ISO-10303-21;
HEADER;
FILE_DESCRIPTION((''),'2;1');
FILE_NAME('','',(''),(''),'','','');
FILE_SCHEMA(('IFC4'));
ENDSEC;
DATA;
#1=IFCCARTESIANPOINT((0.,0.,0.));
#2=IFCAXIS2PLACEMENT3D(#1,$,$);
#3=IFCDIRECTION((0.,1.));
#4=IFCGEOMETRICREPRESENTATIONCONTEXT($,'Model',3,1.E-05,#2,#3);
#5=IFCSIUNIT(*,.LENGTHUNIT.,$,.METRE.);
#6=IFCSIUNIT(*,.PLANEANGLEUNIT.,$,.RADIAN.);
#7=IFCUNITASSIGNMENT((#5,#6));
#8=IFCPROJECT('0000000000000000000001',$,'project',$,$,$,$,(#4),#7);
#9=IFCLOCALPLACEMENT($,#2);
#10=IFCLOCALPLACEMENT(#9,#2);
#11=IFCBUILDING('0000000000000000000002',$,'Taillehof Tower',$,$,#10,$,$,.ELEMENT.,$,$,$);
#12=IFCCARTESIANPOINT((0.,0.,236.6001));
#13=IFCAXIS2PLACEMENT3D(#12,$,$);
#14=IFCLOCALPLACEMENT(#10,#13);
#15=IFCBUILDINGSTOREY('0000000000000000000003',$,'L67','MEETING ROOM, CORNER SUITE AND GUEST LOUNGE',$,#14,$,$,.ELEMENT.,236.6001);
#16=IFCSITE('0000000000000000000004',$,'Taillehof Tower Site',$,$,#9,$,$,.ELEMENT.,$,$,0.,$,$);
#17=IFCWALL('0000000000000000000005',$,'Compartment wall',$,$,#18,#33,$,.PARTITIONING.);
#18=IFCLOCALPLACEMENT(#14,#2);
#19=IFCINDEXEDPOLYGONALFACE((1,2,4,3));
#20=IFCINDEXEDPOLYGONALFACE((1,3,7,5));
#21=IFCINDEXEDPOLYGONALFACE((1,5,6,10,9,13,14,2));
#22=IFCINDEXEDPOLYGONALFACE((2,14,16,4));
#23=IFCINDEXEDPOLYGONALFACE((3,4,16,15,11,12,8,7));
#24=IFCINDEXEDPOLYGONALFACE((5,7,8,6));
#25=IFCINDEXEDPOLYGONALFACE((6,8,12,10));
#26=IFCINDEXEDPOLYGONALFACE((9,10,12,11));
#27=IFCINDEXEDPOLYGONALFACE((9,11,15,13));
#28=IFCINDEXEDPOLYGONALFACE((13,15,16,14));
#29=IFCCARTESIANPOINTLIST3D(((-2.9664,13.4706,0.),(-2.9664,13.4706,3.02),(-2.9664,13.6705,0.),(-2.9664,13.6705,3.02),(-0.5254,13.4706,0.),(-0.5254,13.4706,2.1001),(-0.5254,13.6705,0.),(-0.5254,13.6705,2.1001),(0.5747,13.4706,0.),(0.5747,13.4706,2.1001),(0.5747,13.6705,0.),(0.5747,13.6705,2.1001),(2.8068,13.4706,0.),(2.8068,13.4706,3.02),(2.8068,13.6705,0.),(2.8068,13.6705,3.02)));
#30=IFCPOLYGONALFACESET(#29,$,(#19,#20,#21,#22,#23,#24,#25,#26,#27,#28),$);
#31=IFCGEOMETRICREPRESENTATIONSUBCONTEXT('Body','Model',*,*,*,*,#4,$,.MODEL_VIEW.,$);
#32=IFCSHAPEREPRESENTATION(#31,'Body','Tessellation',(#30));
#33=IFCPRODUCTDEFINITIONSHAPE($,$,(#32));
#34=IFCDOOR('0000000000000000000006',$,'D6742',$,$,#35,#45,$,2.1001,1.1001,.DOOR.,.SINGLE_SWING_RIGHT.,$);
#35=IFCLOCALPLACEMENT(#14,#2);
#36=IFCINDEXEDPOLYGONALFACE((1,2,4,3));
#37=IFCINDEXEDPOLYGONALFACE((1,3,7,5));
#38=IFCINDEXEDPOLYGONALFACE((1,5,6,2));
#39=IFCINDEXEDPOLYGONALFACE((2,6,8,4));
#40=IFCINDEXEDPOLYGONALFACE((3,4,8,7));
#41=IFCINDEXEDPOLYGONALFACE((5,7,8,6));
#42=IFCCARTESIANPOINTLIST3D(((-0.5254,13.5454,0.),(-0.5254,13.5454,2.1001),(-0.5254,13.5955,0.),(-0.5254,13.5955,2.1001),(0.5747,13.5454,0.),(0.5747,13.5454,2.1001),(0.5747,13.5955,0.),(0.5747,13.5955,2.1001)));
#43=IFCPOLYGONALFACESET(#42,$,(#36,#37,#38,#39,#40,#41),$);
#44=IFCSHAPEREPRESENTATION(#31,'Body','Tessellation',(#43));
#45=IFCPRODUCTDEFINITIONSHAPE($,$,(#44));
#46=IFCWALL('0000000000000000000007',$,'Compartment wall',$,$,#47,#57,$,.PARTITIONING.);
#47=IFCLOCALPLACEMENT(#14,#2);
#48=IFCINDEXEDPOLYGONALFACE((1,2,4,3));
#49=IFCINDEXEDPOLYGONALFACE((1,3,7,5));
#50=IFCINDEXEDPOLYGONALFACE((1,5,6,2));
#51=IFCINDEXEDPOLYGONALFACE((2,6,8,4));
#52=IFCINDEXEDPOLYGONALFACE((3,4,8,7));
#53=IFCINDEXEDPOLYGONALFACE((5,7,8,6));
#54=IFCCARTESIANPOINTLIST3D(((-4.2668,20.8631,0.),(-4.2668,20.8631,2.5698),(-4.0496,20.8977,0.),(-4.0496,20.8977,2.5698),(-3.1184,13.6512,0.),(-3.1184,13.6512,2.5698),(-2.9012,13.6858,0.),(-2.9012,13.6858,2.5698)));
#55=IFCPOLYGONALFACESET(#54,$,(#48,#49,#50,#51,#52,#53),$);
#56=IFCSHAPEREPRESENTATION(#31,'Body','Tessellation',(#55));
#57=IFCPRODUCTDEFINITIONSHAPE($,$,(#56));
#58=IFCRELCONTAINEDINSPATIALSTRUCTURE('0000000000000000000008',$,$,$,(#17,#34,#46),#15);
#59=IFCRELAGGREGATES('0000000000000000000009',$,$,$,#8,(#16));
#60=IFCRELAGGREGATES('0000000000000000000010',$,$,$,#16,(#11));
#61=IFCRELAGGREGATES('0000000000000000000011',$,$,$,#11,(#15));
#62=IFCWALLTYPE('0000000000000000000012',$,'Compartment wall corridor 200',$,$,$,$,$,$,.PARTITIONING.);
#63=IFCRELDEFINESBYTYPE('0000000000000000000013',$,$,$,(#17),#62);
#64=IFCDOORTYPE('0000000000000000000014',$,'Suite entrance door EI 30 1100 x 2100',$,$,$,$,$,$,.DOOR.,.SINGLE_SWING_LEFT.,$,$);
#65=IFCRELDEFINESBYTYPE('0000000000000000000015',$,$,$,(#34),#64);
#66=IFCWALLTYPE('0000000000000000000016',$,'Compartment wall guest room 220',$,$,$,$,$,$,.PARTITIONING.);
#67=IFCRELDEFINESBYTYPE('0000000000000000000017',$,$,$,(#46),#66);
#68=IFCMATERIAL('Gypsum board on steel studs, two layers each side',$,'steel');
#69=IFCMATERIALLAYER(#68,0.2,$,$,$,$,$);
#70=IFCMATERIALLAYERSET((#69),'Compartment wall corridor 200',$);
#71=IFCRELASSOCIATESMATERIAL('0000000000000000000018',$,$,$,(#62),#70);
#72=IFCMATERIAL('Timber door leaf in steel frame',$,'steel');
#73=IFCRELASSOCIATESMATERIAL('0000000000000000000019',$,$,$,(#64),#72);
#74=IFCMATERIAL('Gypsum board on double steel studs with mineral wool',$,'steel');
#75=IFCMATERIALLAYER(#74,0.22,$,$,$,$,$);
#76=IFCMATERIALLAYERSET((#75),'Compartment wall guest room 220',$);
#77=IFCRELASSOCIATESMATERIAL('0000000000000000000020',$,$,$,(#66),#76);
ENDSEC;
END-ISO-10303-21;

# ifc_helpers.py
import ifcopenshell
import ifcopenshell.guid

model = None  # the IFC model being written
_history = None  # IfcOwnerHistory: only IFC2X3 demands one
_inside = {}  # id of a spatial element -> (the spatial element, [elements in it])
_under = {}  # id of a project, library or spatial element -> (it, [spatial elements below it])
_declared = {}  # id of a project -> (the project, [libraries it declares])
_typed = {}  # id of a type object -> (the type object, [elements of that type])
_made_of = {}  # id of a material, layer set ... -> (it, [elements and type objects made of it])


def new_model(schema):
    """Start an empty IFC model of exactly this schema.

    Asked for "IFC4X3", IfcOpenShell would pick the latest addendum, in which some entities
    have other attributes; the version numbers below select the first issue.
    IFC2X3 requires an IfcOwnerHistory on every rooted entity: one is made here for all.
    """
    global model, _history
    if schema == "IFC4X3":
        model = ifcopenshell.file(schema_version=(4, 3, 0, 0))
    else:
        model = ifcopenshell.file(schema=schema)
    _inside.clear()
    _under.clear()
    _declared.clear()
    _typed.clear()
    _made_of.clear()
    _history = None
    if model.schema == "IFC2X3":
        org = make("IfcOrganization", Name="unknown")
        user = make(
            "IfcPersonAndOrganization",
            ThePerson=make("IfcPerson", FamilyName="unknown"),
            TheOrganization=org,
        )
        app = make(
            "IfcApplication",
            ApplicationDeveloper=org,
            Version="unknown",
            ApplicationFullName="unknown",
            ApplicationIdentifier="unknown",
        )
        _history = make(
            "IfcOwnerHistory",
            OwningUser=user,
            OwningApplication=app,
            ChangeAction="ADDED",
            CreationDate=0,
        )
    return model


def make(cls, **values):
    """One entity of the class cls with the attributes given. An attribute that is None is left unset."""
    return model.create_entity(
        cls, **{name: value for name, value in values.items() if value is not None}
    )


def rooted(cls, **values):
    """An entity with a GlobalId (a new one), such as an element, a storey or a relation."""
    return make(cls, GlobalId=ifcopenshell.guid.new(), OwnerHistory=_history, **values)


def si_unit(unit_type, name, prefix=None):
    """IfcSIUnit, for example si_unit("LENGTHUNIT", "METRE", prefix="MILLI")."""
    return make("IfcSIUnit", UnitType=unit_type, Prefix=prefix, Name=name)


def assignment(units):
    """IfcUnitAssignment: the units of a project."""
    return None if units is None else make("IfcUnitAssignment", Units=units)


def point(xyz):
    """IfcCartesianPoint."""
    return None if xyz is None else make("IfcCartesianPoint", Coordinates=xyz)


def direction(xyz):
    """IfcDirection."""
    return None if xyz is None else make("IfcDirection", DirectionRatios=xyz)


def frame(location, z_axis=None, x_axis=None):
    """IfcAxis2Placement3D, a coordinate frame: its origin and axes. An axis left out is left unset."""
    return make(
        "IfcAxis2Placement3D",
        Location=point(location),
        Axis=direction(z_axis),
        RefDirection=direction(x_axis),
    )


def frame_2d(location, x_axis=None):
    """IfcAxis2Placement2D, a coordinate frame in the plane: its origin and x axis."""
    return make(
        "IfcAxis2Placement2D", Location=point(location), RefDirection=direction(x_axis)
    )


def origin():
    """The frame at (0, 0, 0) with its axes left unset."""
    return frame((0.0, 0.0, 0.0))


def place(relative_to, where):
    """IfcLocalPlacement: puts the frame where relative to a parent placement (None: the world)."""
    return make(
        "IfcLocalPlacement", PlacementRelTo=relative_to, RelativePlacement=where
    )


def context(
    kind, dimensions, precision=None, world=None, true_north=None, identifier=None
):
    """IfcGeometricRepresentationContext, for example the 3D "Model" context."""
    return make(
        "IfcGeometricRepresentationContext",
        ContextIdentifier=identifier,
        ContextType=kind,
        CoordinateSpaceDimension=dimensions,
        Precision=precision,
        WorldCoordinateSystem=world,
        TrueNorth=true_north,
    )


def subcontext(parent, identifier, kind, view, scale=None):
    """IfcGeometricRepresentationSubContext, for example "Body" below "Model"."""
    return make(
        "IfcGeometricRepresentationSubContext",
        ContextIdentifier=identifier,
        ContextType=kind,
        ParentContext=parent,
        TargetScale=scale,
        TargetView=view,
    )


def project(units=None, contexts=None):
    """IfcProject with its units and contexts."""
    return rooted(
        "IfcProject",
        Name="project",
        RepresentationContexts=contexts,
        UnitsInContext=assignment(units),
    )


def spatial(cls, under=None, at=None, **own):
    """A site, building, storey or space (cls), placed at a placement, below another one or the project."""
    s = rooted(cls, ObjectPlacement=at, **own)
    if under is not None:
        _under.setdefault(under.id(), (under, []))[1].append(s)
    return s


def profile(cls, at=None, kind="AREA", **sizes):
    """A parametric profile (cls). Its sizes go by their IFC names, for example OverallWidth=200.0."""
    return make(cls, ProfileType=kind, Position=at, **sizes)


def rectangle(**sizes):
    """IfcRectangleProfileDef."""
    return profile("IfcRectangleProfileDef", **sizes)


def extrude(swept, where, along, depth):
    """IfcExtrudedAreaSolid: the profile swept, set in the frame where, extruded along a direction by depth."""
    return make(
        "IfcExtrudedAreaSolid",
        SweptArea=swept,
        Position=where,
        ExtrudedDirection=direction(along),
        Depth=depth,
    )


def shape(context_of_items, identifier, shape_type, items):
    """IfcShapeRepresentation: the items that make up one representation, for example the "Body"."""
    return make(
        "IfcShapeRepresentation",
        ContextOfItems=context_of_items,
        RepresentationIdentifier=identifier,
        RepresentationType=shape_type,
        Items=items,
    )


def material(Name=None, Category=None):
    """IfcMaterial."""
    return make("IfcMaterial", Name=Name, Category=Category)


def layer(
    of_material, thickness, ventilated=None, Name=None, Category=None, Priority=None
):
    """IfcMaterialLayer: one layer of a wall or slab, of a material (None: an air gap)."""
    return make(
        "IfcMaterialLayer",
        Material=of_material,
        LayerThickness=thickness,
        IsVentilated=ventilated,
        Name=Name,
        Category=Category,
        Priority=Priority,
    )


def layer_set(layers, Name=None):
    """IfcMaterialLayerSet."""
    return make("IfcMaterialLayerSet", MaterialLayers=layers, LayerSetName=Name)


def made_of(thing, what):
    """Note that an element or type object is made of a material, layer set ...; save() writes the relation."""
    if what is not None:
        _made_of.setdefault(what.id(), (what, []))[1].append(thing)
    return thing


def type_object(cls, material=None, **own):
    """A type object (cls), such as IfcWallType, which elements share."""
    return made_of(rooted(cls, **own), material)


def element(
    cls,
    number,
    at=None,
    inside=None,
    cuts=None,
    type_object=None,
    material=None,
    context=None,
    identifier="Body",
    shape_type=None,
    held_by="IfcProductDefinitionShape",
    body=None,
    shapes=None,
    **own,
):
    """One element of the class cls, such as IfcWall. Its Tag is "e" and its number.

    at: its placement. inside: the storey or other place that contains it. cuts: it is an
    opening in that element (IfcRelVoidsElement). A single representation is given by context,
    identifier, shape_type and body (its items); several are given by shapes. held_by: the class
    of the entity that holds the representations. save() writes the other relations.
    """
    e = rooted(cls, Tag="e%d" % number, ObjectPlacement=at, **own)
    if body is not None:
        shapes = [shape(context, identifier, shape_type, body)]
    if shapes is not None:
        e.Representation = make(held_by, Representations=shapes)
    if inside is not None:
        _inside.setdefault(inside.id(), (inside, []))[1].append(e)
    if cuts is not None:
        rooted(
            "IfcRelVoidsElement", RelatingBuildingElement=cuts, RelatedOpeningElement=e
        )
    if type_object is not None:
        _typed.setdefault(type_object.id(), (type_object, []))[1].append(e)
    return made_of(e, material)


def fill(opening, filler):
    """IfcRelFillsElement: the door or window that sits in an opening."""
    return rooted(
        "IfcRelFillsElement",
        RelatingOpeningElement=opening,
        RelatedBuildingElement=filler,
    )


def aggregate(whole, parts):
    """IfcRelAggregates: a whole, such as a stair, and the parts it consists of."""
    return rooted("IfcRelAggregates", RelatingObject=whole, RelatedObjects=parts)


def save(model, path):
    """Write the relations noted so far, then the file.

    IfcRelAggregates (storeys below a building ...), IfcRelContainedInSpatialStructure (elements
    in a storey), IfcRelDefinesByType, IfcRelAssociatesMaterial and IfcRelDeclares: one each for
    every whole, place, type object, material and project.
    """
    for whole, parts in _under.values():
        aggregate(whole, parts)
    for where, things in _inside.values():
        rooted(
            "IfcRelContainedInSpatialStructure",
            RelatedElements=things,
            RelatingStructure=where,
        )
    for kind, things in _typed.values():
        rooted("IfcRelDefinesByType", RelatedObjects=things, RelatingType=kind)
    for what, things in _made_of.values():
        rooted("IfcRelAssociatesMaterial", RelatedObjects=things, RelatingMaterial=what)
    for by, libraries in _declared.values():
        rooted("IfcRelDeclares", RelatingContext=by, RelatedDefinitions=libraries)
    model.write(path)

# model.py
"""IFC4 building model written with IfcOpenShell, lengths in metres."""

from ifc_helpers import new_model, si_unit, direction, frame, frame_2d, origin, place, context, subcontext, project, spatial, rectangle, extrude, material, layer, layer_set, type_object, element, fill, save


model = new_model("IFC4")

# Units and contexts
model_context = context("Model", 3, precision=1e-05, world=origin(), true_north=direction((0.0, 1.0)))
body_context = subcontext(model_context, "Body", "Model", "MODEL_VIEW")
ifc_project = project(units=[si_unit("LENGTHUNIT", "METRE"), si_unit("PLANEANGLEUNIT", "RADIAN")], contexts=[model_context])

# Site, building, storey
site_placement = place(None, origin())
site = spatial("IfcSite", under=ifc_project, at=site_placement, Name="Taillehof Tower Site", CompositionType="ELEMENT", RefElevation=0.0)
building_placement = place(site_placement, origin())
building = spatial("IfcBuilding", under=site, at=building_placement, Name="Taillehof Tower", CompositionType="ELEMENT")
storey_placement = place(building_placement, frame((0.0, 0.0, 236.6001)))
storey = spatial("IfcBuildingStorey", under=building, at=storey_placement, Name="L67", Description="MEETING ROOM, CORNER SUITE AND GUEST LOUNGE", CompositionType="ELEMENT", Elevation=236.6001)

# Shared definitions
ifc_material_1 = material(Name="Gypsum board on steel studs, two layers each side", Category="steel")
ifc_layer_1 = layer(ifc_material_1, 0.2)
ifc_layer_set_1 = layer_set([ifc_layer_1], Name="Compartment wall corridor 200")
wall_type_1 = type_object("IfcWallType", Name="Compartment wall corridor 200", PredefinedType="PARTITIONING", material=ifc_layer_set_1)

# Wall, opening, door
wall_1_placement = place(storey_placement, frame((-2.9666, 13.5706, 0.0), z_axis=(0.0, 0.0, 1.0), x_axis=(1.0, 0.0, 0.0)))
wall_1 = element("IfcWall", 1, at=wall_1_placement, inside=storey, type_object=wall_type_1, Name="Compartment wall", PredefinedType="PARTITIONING", context=body_context, shape_type="SweptSolid", body=[
    extrude(rectangle(XDim=5.7732, YDim=0.2, at=frame_2d((2.8867, 0.0))), origin(), (0.0, 0.0, 1.0), 3.02),
])
opening_1_placement = place(wall_1_placement, frame((2.4412, 0.0, 0.0)))
opening_1 = element("IfcOpeningElement", 2, at=opening_1_placement, cuts=wall_1, PredefinedType="OPENING", context=body_context, shape_type="SweptSolid", body=[
    extrude(rectangle(XDim=1.1001, YDim=2.1001, at=frame_2d((0.55, 1.05))), frame((0.0, 0.1099, 0.0), z_axis=(0.0, -1.0, 0.0), x_axis=(1.0, 0.0, 0.0)), (0.0, 0.0, 1.0), 0.22),
])
ifc_material_2 = material(Name="Timber door leaf in steel frame", Category="steel")
door_type_1 = type_object("IfcDoorType", Name="Suite entrance door EI 30 1100 x 2100", OperationType="SINGLE_SWING_LEFT", PredefinedType="DOOR", material=ifc_material_2)
door_1_placement = place(opening_1_placement, origin())
door_1 = element("IfcDoor", 3, at=door_1_placement, inside=storey, type_object=door_type_1, Name="D6742", OperationType="SINGLE_SWING_RIGHT", OverallHeight=2.1001, OverallWidth=1.1001, PredefinedType="DOOR", context=body_context, shape_type="SweptSolid", body=[
    extrude(rectangle(XDim=1.1001, YDim=2.1001, at=frame_2d((0.55, 1.05))), frame((0.0, 0.0249, 0.0), z_axis=(0.0, -1.0, 0.0), x_axis=(1.0, 0.0, 0.0)), (0.0, 0.0, 1.0), 0.05),
])
fill(opening_1, door_1)

# Wall
ifc_material_3 = material(Name="Gypsum board on double steel studs with mineral wool", Category="steel")
ifc_layer_2 = layer(ifc_material_3, 0.22)
ifc_layer_set_2 = layer_set([ifc_layer_2], Name="Compartment wall guest room 220")
wall_type_2 = type_object("IfcWallType", Name="Compartment wall guest room 220", PredefinedType="PARTITIONING", material=ifc_layer_set_2)
wall_2_placement = place(storey_placement, frame((-4.1582, 20.8804, 0.0), z_axis=(0.0, 0.0, 1.0), x_axis=(0.15726, -0.987557, 0.0)))
element("IfcWall", 4, at=wall_2_placement, inside=storey, type_object=wall_type_2, Name="Compartment wall", PredefinedType="PARTITIONING", context=body_context, shape_type="SweptSolid", body=[
    extrude(rectangle(XDim=7.3027, YDim=0.22, at=frame_2d((3.6514, 0.0))), origin(), (0.0, 0.0, 1.0), 2.5698),
])

save(model, "model.ifc")
